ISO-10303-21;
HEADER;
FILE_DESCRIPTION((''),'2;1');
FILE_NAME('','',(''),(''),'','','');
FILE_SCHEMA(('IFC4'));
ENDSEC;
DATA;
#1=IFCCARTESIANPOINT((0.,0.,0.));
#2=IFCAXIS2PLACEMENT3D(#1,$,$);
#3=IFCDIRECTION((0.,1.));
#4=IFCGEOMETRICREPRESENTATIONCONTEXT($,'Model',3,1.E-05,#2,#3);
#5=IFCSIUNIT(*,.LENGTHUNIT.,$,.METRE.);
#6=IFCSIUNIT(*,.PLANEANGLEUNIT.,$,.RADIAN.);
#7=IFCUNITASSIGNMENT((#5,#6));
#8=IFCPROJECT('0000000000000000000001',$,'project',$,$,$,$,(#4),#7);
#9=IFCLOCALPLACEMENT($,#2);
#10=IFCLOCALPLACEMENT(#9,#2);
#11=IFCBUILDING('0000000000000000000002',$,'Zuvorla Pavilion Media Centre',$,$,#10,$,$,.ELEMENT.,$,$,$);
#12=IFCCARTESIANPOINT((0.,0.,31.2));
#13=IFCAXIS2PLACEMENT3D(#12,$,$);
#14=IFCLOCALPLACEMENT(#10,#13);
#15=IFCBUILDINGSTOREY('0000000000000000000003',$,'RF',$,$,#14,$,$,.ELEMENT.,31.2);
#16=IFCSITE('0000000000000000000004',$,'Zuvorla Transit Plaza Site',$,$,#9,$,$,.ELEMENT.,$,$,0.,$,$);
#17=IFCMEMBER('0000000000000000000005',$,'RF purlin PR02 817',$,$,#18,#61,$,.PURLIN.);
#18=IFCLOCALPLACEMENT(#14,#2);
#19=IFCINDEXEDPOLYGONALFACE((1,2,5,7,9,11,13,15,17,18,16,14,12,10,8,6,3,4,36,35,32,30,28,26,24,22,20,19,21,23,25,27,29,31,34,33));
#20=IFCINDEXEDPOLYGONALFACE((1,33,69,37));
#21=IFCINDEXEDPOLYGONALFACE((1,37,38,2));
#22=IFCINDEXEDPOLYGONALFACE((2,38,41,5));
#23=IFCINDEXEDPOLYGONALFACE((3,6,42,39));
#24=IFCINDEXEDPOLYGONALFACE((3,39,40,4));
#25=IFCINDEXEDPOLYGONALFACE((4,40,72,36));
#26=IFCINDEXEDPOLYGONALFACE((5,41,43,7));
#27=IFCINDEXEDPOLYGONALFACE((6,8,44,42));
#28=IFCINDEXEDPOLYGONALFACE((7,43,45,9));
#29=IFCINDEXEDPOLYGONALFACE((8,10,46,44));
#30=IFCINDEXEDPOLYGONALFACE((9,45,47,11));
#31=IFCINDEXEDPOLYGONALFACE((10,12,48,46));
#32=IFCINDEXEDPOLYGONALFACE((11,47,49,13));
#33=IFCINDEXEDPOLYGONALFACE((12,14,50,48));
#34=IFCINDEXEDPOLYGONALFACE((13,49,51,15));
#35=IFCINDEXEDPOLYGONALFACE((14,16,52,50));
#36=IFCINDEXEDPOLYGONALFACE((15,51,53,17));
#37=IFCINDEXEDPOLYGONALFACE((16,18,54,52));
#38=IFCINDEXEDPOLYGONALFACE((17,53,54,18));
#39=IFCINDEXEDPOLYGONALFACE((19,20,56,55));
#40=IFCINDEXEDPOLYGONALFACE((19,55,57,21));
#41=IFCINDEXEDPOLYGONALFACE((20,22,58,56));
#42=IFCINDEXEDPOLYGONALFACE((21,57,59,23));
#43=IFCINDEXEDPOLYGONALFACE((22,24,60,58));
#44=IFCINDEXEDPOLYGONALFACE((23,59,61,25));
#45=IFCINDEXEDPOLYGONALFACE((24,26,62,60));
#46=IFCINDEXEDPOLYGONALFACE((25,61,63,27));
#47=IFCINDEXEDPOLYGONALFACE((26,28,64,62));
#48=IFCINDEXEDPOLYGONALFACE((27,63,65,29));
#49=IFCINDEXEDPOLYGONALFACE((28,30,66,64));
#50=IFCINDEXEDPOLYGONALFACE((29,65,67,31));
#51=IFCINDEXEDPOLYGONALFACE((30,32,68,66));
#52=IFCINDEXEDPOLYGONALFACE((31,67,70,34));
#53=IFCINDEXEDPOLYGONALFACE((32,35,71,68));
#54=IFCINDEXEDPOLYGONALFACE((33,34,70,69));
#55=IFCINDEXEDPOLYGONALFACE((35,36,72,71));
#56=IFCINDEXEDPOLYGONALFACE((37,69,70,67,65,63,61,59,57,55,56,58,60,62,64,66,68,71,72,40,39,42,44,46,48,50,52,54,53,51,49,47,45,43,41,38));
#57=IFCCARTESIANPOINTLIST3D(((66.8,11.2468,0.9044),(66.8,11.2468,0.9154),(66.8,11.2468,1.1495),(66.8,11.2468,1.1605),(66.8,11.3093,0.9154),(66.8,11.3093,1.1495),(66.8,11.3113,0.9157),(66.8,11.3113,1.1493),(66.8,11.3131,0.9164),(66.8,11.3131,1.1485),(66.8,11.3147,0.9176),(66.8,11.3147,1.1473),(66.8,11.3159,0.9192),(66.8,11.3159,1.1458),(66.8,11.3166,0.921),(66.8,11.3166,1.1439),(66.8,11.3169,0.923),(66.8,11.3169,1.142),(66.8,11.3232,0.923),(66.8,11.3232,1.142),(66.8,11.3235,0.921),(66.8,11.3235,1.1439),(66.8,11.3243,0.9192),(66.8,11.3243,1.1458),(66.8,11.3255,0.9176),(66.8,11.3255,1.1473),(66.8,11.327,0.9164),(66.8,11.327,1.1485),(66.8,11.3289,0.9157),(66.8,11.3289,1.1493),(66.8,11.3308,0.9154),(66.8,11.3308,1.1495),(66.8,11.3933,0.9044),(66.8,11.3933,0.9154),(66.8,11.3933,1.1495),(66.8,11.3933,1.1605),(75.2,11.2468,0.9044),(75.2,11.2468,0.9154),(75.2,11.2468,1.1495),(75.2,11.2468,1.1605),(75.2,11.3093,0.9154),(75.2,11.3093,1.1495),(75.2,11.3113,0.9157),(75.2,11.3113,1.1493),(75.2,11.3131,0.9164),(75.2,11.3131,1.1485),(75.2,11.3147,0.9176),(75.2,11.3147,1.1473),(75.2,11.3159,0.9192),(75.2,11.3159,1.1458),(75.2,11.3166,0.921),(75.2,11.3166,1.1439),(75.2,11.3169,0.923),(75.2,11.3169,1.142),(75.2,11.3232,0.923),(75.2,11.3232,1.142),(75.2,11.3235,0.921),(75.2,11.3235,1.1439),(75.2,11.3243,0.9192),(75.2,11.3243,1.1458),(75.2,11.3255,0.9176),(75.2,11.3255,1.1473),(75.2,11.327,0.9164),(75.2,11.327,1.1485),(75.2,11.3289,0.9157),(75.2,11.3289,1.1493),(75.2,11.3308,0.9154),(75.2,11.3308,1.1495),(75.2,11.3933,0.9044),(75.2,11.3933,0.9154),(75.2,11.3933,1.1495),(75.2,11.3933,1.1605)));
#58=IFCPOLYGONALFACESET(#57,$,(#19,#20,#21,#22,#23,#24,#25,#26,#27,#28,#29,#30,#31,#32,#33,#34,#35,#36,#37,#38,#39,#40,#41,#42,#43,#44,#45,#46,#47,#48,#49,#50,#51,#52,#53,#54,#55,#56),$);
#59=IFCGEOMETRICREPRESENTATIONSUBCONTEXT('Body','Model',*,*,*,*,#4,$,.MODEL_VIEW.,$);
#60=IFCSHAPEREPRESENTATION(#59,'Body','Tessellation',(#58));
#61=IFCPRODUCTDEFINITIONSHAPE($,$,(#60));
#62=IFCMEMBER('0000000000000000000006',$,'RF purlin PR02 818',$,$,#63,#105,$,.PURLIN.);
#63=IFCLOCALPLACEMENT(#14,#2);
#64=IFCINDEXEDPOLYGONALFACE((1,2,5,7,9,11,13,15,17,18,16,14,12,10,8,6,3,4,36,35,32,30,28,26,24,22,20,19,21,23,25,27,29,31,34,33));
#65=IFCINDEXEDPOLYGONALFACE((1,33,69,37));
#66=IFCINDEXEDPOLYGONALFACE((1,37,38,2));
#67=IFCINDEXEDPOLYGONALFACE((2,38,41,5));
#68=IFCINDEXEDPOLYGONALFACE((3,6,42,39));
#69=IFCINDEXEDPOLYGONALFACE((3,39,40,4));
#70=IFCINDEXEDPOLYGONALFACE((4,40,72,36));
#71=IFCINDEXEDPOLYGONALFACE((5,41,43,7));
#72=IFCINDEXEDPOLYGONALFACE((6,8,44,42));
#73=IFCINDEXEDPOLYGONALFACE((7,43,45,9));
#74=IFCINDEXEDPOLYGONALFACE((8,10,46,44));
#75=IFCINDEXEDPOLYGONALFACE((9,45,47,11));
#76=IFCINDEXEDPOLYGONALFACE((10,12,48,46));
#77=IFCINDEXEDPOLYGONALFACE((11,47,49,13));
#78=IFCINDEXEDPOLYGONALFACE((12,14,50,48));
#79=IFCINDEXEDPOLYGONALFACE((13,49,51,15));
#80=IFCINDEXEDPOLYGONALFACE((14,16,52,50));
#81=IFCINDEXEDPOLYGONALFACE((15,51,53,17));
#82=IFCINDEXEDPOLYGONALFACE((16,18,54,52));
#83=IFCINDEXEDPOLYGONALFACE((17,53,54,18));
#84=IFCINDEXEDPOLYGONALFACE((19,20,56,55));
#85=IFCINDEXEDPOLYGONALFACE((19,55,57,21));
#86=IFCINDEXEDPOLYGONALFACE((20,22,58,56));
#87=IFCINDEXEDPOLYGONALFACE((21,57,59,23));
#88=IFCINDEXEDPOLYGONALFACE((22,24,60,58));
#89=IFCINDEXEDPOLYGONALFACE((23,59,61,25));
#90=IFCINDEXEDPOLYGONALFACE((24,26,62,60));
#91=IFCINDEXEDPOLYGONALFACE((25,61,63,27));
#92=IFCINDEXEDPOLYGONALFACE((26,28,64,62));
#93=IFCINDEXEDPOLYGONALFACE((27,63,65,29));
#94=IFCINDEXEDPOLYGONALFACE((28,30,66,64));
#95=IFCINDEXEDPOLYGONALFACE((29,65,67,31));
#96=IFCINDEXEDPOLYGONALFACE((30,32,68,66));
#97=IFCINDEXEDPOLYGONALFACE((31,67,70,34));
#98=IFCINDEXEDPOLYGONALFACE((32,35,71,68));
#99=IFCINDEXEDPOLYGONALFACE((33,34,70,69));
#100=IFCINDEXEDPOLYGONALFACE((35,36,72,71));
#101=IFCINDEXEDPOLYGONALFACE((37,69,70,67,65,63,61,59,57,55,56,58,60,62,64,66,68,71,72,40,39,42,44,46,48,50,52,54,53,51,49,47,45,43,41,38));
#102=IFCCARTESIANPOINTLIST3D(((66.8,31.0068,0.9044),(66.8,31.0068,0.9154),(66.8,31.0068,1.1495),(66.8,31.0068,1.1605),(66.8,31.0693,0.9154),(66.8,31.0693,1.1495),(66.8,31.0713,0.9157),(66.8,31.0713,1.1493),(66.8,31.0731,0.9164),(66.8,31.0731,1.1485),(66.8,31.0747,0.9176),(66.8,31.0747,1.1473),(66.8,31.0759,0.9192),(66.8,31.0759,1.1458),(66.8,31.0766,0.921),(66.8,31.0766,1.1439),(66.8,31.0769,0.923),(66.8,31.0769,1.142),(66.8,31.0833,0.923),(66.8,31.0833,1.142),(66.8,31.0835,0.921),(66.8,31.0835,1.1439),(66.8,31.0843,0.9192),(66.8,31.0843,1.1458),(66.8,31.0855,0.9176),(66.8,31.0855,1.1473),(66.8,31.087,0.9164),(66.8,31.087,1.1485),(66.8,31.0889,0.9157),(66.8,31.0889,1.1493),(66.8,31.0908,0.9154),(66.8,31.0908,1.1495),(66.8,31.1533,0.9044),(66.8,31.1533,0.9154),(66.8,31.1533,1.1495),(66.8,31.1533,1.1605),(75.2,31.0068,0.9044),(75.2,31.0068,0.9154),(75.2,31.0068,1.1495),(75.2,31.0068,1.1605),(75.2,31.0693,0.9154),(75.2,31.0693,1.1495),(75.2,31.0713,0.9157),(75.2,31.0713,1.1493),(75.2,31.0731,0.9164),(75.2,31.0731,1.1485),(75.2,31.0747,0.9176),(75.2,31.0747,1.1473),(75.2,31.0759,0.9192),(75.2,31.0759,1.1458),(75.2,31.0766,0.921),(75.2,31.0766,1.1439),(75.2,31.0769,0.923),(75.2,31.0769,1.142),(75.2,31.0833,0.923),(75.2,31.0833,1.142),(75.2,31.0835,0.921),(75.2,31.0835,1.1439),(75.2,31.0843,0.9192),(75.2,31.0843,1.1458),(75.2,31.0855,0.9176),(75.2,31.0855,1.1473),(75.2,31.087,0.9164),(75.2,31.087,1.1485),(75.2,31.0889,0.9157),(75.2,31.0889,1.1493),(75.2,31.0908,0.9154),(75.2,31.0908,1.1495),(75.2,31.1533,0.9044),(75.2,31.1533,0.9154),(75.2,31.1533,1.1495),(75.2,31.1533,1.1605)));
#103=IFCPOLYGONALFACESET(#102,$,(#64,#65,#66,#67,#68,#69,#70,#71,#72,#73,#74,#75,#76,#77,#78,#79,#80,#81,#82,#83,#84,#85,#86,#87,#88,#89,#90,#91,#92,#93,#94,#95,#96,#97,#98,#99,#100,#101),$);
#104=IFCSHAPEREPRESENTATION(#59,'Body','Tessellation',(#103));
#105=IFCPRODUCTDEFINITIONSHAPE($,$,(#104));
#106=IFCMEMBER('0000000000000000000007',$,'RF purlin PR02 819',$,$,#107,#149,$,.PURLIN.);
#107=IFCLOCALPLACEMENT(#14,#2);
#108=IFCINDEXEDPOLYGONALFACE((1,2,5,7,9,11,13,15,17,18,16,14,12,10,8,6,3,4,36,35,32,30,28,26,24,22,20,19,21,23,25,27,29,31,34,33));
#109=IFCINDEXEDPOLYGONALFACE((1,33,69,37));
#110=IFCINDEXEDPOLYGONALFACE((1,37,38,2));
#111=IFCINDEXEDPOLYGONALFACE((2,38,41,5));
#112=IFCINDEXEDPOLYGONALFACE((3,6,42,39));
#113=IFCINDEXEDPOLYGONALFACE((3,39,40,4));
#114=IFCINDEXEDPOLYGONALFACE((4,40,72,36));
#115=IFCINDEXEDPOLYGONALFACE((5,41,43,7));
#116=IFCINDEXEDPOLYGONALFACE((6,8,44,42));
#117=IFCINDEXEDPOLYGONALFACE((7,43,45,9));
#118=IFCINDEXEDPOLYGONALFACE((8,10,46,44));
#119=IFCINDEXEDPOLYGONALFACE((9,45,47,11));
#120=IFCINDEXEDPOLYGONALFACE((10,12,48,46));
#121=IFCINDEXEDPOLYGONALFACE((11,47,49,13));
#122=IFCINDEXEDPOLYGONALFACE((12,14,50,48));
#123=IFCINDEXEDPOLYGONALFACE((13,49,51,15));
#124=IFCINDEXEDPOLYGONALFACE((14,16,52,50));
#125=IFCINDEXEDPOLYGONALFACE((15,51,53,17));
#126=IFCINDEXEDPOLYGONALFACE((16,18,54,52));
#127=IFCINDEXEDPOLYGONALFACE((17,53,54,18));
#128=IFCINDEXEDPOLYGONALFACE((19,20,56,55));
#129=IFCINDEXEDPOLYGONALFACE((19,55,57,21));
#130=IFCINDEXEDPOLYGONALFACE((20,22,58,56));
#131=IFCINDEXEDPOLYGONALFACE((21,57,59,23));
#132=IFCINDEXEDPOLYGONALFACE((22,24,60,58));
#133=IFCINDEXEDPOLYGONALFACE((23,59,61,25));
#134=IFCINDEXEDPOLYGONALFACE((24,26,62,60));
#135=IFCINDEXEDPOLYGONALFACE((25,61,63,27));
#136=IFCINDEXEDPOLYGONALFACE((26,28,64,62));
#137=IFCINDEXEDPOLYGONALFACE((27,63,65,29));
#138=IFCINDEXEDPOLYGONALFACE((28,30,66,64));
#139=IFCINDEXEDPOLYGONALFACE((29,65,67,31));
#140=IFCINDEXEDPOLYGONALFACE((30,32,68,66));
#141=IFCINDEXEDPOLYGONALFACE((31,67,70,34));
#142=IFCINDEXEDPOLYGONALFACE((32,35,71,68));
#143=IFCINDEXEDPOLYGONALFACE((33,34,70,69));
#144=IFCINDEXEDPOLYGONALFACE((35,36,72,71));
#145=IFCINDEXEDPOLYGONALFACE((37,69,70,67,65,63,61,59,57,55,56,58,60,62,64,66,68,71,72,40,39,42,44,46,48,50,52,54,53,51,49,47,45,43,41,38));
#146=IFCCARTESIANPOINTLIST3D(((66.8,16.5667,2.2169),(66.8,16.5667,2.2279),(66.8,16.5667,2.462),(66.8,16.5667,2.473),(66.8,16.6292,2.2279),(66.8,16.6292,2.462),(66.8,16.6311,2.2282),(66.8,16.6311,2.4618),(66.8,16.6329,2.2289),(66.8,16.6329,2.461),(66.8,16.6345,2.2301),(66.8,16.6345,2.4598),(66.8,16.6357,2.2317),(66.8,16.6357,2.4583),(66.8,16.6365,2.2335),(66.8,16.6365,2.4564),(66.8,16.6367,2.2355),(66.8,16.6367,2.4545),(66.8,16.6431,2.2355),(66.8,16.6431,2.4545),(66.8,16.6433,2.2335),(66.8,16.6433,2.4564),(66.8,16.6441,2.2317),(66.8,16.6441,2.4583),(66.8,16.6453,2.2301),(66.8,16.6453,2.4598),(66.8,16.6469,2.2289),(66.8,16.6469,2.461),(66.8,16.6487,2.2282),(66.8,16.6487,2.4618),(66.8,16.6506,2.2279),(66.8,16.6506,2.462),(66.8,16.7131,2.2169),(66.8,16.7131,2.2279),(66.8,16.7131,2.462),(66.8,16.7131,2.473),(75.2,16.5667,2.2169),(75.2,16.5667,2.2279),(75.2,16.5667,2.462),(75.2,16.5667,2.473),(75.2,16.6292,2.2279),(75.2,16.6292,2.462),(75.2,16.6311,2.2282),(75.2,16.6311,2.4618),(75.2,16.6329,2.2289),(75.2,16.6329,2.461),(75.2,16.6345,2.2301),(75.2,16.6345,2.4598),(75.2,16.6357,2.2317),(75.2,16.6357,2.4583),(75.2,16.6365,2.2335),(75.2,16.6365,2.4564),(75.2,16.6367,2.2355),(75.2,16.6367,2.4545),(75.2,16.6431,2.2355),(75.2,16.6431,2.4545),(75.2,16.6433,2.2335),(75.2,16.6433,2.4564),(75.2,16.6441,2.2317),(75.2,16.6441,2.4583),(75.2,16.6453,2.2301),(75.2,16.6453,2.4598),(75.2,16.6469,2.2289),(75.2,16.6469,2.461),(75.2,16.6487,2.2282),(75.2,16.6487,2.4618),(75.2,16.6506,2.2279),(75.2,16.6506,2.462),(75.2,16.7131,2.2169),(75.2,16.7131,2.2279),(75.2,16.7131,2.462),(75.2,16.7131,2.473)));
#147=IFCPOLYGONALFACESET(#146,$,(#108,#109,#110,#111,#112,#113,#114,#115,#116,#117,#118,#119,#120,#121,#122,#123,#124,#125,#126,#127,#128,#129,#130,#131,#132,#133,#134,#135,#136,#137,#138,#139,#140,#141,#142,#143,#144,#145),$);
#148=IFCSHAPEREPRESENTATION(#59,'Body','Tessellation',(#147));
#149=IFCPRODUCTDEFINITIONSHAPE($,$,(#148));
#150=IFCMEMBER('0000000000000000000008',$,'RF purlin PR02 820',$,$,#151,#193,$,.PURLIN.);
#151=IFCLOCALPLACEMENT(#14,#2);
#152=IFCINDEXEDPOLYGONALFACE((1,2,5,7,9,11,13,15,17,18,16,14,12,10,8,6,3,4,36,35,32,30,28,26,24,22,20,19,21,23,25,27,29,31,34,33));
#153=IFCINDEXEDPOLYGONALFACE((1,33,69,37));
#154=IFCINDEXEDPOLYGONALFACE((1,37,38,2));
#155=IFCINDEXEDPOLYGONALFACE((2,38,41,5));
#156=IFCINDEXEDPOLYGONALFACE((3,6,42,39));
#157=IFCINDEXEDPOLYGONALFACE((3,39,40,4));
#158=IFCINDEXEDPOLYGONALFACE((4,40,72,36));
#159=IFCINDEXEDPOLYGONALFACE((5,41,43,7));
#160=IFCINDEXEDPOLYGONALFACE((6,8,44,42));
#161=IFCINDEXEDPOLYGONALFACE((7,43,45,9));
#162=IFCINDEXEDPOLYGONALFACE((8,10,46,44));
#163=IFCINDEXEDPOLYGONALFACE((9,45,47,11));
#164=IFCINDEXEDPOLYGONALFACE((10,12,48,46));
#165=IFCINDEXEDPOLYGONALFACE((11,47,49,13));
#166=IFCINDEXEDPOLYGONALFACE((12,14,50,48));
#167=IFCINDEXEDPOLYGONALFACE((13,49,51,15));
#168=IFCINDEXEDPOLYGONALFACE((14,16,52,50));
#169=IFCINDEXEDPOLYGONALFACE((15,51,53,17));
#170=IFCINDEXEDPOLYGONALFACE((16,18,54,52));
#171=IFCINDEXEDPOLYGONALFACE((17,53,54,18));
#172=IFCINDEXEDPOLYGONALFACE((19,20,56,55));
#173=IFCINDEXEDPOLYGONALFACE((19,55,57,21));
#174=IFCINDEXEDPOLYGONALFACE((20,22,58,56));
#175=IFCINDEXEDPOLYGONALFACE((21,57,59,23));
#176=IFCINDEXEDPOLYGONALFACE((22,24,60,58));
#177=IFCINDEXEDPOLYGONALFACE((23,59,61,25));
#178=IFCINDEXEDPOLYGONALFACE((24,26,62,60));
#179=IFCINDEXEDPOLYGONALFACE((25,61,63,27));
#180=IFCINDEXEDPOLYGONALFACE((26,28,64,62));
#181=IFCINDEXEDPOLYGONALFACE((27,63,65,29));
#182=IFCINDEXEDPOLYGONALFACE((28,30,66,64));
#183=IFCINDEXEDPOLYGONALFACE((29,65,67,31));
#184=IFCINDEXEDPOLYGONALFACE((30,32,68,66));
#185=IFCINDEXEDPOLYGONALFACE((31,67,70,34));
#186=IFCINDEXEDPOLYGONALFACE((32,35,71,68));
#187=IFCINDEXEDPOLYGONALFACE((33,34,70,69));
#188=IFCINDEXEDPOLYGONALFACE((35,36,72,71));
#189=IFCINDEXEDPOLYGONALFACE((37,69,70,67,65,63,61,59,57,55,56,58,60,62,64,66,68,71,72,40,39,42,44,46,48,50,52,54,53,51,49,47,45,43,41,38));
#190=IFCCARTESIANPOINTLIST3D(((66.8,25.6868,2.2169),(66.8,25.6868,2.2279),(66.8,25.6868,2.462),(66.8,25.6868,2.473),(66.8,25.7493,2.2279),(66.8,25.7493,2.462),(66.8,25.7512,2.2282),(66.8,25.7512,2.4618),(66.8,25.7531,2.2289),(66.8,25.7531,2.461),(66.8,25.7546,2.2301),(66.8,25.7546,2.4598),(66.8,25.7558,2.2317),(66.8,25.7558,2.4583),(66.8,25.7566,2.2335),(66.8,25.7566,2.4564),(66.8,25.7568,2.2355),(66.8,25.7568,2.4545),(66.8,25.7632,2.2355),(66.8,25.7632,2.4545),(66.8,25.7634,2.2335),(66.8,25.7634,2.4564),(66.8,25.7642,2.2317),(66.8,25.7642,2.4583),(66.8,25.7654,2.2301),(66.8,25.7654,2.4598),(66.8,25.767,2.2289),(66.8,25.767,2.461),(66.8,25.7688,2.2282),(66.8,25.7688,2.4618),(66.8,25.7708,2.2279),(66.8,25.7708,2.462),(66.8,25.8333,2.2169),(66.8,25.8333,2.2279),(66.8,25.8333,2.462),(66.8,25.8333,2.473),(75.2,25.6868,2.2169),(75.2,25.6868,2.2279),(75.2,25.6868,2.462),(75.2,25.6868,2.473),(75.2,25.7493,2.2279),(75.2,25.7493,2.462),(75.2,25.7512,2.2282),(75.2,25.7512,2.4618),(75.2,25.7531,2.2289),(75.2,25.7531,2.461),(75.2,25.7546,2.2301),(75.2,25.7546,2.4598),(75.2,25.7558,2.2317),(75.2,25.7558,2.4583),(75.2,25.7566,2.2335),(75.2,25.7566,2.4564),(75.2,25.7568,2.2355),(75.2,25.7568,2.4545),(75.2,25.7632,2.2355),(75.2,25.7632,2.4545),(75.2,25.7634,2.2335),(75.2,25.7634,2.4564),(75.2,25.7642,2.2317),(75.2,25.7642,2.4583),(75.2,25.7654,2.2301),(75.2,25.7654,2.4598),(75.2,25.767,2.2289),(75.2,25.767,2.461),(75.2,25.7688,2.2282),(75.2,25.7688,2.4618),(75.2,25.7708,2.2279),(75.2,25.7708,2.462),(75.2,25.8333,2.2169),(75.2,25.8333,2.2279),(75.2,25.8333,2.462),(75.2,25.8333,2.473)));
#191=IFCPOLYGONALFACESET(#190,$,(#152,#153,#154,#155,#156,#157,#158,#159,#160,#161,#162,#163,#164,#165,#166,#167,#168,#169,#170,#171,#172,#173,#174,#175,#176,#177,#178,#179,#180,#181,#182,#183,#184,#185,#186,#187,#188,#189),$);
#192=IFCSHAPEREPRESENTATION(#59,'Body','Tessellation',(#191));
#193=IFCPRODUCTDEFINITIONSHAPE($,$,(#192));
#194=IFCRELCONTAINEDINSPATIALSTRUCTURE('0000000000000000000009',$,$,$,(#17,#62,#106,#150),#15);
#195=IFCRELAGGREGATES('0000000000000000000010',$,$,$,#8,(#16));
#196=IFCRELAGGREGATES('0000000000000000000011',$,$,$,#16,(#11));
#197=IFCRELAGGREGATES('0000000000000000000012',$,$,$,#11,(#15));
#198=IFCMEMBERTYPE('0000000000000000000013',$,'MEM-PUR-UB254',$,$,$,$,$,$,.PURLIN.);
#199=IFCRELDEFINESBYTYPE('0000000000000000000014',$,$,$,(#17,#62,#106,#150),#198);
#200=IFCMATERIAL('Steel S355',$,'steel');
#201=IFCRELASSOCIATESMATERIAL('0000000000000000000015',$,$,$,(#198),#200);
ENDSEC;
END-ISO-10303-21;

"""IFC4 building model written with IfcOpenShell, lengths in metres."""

from ifc_helpers import new_model, si_unit, direction, frame, origin, origin_2d, place, context, subcontext, project, spatial, i_section, extrude, material, material_profile, profile_set, type_object, element, save


model = new_model("IFC4")

# Units and contexts
model_context = context("Model", 3, precision=1e-05, world=origin(), true_north=direction((0.0, 1.0)))
body_context = subcontext(model_context, "Body", "Model", "MODEL_VIEW")
ifc_project = project(units=[si_unit("LENGTHUNIT", "METRE"), si_unit("PLANEANGLEUNIT", "RADIAN")], contexts=[model_context])

# Site, building, storey
site_placement = place(None, origin())
site = spatial("IfcSite", under=ifc_project, at=site_placement, Name="Zuvorla Transit Plaza Site", CompositionType="ELEMENT", RefElevation=0.0)
building_placement = place(site_placement, origin())
building = spatial("IfcBuilding", under=site, at=building_placement, Name="Zuvorla Pavilion Media Centre", CompositionType="ELEMENT")
storey_placement = place(building_placement, frame((0.0, 0.0, 31.2)))
storey = spatial("IfcBuildingStorey", under=building, at=storey_placement, Name="RF", CompositionType="ELEMENT", Elevation=31.2)

# Shared definitions
ifc_material_1 = material(Name="Steel S355", Category="steel")

# Members
ifc_material_profile_1 = material_profile(ifc_material_1, i_section(OverallWidth=0.1465, OverallDepth=0.2561, WebThickness=0.0063, FlangeThickness=0.011, FilletRadius=0.0076, at=origin_2d()), Name="UB 254x146x37")
ifc_profile_set_1 = profile_set([ifc_material_profile_1], Name="Steel S355")
member_type_1 = type_object("IfcMemberType", Name="MEM-PUR-UB254", PredefinedType="PURLIN", material=ifc_profile_set_1)
for number, where, z_axis, x_axis, name in (
    (1, (66.8, 11.3201, 1.0325), (1.0, 0.0, 0.0), (0.0, 1.0, 0.0), "RF purlin PR02 817"),
    (2, (66.8, 31.0801, 1.0325), (1.0, 0.0, 0.0), (0.0, 1.0, 0.0), "RF purlin PR02 818"),
    (3, (66.8, 16.6399, 2.345), (1.0, 0.0, 0.0), (0.0, 1.0, 0.0), "RF purlin PR02 819"),
    (4, (66.8, 25.76, 2.345), (1.0, 0.0, 0.0), (0.0, 1.0, 0.0), "RF purlin PR02 820"),
):
    element("IfcMember", number, at=place(storey_placement, frame(where, z_axis=z_axis, x_axis=x_axis)), inside=storey, type_object=member_type_1, Name=name, PredefinedType="PURLIN", context=body_context, shape_type="SweptSolid", body=[
        extrude(i_section(OverallWidth=0.1465, OverallDepth=0.2561, WebThickness=0.0063, FlangeThickness=0.011, FilletRadius=0.0076, at=origin_2d()), origin(), (0.0, 0.0, 1.0), 8.3999),
    ])

save(model, "model.ifc")
